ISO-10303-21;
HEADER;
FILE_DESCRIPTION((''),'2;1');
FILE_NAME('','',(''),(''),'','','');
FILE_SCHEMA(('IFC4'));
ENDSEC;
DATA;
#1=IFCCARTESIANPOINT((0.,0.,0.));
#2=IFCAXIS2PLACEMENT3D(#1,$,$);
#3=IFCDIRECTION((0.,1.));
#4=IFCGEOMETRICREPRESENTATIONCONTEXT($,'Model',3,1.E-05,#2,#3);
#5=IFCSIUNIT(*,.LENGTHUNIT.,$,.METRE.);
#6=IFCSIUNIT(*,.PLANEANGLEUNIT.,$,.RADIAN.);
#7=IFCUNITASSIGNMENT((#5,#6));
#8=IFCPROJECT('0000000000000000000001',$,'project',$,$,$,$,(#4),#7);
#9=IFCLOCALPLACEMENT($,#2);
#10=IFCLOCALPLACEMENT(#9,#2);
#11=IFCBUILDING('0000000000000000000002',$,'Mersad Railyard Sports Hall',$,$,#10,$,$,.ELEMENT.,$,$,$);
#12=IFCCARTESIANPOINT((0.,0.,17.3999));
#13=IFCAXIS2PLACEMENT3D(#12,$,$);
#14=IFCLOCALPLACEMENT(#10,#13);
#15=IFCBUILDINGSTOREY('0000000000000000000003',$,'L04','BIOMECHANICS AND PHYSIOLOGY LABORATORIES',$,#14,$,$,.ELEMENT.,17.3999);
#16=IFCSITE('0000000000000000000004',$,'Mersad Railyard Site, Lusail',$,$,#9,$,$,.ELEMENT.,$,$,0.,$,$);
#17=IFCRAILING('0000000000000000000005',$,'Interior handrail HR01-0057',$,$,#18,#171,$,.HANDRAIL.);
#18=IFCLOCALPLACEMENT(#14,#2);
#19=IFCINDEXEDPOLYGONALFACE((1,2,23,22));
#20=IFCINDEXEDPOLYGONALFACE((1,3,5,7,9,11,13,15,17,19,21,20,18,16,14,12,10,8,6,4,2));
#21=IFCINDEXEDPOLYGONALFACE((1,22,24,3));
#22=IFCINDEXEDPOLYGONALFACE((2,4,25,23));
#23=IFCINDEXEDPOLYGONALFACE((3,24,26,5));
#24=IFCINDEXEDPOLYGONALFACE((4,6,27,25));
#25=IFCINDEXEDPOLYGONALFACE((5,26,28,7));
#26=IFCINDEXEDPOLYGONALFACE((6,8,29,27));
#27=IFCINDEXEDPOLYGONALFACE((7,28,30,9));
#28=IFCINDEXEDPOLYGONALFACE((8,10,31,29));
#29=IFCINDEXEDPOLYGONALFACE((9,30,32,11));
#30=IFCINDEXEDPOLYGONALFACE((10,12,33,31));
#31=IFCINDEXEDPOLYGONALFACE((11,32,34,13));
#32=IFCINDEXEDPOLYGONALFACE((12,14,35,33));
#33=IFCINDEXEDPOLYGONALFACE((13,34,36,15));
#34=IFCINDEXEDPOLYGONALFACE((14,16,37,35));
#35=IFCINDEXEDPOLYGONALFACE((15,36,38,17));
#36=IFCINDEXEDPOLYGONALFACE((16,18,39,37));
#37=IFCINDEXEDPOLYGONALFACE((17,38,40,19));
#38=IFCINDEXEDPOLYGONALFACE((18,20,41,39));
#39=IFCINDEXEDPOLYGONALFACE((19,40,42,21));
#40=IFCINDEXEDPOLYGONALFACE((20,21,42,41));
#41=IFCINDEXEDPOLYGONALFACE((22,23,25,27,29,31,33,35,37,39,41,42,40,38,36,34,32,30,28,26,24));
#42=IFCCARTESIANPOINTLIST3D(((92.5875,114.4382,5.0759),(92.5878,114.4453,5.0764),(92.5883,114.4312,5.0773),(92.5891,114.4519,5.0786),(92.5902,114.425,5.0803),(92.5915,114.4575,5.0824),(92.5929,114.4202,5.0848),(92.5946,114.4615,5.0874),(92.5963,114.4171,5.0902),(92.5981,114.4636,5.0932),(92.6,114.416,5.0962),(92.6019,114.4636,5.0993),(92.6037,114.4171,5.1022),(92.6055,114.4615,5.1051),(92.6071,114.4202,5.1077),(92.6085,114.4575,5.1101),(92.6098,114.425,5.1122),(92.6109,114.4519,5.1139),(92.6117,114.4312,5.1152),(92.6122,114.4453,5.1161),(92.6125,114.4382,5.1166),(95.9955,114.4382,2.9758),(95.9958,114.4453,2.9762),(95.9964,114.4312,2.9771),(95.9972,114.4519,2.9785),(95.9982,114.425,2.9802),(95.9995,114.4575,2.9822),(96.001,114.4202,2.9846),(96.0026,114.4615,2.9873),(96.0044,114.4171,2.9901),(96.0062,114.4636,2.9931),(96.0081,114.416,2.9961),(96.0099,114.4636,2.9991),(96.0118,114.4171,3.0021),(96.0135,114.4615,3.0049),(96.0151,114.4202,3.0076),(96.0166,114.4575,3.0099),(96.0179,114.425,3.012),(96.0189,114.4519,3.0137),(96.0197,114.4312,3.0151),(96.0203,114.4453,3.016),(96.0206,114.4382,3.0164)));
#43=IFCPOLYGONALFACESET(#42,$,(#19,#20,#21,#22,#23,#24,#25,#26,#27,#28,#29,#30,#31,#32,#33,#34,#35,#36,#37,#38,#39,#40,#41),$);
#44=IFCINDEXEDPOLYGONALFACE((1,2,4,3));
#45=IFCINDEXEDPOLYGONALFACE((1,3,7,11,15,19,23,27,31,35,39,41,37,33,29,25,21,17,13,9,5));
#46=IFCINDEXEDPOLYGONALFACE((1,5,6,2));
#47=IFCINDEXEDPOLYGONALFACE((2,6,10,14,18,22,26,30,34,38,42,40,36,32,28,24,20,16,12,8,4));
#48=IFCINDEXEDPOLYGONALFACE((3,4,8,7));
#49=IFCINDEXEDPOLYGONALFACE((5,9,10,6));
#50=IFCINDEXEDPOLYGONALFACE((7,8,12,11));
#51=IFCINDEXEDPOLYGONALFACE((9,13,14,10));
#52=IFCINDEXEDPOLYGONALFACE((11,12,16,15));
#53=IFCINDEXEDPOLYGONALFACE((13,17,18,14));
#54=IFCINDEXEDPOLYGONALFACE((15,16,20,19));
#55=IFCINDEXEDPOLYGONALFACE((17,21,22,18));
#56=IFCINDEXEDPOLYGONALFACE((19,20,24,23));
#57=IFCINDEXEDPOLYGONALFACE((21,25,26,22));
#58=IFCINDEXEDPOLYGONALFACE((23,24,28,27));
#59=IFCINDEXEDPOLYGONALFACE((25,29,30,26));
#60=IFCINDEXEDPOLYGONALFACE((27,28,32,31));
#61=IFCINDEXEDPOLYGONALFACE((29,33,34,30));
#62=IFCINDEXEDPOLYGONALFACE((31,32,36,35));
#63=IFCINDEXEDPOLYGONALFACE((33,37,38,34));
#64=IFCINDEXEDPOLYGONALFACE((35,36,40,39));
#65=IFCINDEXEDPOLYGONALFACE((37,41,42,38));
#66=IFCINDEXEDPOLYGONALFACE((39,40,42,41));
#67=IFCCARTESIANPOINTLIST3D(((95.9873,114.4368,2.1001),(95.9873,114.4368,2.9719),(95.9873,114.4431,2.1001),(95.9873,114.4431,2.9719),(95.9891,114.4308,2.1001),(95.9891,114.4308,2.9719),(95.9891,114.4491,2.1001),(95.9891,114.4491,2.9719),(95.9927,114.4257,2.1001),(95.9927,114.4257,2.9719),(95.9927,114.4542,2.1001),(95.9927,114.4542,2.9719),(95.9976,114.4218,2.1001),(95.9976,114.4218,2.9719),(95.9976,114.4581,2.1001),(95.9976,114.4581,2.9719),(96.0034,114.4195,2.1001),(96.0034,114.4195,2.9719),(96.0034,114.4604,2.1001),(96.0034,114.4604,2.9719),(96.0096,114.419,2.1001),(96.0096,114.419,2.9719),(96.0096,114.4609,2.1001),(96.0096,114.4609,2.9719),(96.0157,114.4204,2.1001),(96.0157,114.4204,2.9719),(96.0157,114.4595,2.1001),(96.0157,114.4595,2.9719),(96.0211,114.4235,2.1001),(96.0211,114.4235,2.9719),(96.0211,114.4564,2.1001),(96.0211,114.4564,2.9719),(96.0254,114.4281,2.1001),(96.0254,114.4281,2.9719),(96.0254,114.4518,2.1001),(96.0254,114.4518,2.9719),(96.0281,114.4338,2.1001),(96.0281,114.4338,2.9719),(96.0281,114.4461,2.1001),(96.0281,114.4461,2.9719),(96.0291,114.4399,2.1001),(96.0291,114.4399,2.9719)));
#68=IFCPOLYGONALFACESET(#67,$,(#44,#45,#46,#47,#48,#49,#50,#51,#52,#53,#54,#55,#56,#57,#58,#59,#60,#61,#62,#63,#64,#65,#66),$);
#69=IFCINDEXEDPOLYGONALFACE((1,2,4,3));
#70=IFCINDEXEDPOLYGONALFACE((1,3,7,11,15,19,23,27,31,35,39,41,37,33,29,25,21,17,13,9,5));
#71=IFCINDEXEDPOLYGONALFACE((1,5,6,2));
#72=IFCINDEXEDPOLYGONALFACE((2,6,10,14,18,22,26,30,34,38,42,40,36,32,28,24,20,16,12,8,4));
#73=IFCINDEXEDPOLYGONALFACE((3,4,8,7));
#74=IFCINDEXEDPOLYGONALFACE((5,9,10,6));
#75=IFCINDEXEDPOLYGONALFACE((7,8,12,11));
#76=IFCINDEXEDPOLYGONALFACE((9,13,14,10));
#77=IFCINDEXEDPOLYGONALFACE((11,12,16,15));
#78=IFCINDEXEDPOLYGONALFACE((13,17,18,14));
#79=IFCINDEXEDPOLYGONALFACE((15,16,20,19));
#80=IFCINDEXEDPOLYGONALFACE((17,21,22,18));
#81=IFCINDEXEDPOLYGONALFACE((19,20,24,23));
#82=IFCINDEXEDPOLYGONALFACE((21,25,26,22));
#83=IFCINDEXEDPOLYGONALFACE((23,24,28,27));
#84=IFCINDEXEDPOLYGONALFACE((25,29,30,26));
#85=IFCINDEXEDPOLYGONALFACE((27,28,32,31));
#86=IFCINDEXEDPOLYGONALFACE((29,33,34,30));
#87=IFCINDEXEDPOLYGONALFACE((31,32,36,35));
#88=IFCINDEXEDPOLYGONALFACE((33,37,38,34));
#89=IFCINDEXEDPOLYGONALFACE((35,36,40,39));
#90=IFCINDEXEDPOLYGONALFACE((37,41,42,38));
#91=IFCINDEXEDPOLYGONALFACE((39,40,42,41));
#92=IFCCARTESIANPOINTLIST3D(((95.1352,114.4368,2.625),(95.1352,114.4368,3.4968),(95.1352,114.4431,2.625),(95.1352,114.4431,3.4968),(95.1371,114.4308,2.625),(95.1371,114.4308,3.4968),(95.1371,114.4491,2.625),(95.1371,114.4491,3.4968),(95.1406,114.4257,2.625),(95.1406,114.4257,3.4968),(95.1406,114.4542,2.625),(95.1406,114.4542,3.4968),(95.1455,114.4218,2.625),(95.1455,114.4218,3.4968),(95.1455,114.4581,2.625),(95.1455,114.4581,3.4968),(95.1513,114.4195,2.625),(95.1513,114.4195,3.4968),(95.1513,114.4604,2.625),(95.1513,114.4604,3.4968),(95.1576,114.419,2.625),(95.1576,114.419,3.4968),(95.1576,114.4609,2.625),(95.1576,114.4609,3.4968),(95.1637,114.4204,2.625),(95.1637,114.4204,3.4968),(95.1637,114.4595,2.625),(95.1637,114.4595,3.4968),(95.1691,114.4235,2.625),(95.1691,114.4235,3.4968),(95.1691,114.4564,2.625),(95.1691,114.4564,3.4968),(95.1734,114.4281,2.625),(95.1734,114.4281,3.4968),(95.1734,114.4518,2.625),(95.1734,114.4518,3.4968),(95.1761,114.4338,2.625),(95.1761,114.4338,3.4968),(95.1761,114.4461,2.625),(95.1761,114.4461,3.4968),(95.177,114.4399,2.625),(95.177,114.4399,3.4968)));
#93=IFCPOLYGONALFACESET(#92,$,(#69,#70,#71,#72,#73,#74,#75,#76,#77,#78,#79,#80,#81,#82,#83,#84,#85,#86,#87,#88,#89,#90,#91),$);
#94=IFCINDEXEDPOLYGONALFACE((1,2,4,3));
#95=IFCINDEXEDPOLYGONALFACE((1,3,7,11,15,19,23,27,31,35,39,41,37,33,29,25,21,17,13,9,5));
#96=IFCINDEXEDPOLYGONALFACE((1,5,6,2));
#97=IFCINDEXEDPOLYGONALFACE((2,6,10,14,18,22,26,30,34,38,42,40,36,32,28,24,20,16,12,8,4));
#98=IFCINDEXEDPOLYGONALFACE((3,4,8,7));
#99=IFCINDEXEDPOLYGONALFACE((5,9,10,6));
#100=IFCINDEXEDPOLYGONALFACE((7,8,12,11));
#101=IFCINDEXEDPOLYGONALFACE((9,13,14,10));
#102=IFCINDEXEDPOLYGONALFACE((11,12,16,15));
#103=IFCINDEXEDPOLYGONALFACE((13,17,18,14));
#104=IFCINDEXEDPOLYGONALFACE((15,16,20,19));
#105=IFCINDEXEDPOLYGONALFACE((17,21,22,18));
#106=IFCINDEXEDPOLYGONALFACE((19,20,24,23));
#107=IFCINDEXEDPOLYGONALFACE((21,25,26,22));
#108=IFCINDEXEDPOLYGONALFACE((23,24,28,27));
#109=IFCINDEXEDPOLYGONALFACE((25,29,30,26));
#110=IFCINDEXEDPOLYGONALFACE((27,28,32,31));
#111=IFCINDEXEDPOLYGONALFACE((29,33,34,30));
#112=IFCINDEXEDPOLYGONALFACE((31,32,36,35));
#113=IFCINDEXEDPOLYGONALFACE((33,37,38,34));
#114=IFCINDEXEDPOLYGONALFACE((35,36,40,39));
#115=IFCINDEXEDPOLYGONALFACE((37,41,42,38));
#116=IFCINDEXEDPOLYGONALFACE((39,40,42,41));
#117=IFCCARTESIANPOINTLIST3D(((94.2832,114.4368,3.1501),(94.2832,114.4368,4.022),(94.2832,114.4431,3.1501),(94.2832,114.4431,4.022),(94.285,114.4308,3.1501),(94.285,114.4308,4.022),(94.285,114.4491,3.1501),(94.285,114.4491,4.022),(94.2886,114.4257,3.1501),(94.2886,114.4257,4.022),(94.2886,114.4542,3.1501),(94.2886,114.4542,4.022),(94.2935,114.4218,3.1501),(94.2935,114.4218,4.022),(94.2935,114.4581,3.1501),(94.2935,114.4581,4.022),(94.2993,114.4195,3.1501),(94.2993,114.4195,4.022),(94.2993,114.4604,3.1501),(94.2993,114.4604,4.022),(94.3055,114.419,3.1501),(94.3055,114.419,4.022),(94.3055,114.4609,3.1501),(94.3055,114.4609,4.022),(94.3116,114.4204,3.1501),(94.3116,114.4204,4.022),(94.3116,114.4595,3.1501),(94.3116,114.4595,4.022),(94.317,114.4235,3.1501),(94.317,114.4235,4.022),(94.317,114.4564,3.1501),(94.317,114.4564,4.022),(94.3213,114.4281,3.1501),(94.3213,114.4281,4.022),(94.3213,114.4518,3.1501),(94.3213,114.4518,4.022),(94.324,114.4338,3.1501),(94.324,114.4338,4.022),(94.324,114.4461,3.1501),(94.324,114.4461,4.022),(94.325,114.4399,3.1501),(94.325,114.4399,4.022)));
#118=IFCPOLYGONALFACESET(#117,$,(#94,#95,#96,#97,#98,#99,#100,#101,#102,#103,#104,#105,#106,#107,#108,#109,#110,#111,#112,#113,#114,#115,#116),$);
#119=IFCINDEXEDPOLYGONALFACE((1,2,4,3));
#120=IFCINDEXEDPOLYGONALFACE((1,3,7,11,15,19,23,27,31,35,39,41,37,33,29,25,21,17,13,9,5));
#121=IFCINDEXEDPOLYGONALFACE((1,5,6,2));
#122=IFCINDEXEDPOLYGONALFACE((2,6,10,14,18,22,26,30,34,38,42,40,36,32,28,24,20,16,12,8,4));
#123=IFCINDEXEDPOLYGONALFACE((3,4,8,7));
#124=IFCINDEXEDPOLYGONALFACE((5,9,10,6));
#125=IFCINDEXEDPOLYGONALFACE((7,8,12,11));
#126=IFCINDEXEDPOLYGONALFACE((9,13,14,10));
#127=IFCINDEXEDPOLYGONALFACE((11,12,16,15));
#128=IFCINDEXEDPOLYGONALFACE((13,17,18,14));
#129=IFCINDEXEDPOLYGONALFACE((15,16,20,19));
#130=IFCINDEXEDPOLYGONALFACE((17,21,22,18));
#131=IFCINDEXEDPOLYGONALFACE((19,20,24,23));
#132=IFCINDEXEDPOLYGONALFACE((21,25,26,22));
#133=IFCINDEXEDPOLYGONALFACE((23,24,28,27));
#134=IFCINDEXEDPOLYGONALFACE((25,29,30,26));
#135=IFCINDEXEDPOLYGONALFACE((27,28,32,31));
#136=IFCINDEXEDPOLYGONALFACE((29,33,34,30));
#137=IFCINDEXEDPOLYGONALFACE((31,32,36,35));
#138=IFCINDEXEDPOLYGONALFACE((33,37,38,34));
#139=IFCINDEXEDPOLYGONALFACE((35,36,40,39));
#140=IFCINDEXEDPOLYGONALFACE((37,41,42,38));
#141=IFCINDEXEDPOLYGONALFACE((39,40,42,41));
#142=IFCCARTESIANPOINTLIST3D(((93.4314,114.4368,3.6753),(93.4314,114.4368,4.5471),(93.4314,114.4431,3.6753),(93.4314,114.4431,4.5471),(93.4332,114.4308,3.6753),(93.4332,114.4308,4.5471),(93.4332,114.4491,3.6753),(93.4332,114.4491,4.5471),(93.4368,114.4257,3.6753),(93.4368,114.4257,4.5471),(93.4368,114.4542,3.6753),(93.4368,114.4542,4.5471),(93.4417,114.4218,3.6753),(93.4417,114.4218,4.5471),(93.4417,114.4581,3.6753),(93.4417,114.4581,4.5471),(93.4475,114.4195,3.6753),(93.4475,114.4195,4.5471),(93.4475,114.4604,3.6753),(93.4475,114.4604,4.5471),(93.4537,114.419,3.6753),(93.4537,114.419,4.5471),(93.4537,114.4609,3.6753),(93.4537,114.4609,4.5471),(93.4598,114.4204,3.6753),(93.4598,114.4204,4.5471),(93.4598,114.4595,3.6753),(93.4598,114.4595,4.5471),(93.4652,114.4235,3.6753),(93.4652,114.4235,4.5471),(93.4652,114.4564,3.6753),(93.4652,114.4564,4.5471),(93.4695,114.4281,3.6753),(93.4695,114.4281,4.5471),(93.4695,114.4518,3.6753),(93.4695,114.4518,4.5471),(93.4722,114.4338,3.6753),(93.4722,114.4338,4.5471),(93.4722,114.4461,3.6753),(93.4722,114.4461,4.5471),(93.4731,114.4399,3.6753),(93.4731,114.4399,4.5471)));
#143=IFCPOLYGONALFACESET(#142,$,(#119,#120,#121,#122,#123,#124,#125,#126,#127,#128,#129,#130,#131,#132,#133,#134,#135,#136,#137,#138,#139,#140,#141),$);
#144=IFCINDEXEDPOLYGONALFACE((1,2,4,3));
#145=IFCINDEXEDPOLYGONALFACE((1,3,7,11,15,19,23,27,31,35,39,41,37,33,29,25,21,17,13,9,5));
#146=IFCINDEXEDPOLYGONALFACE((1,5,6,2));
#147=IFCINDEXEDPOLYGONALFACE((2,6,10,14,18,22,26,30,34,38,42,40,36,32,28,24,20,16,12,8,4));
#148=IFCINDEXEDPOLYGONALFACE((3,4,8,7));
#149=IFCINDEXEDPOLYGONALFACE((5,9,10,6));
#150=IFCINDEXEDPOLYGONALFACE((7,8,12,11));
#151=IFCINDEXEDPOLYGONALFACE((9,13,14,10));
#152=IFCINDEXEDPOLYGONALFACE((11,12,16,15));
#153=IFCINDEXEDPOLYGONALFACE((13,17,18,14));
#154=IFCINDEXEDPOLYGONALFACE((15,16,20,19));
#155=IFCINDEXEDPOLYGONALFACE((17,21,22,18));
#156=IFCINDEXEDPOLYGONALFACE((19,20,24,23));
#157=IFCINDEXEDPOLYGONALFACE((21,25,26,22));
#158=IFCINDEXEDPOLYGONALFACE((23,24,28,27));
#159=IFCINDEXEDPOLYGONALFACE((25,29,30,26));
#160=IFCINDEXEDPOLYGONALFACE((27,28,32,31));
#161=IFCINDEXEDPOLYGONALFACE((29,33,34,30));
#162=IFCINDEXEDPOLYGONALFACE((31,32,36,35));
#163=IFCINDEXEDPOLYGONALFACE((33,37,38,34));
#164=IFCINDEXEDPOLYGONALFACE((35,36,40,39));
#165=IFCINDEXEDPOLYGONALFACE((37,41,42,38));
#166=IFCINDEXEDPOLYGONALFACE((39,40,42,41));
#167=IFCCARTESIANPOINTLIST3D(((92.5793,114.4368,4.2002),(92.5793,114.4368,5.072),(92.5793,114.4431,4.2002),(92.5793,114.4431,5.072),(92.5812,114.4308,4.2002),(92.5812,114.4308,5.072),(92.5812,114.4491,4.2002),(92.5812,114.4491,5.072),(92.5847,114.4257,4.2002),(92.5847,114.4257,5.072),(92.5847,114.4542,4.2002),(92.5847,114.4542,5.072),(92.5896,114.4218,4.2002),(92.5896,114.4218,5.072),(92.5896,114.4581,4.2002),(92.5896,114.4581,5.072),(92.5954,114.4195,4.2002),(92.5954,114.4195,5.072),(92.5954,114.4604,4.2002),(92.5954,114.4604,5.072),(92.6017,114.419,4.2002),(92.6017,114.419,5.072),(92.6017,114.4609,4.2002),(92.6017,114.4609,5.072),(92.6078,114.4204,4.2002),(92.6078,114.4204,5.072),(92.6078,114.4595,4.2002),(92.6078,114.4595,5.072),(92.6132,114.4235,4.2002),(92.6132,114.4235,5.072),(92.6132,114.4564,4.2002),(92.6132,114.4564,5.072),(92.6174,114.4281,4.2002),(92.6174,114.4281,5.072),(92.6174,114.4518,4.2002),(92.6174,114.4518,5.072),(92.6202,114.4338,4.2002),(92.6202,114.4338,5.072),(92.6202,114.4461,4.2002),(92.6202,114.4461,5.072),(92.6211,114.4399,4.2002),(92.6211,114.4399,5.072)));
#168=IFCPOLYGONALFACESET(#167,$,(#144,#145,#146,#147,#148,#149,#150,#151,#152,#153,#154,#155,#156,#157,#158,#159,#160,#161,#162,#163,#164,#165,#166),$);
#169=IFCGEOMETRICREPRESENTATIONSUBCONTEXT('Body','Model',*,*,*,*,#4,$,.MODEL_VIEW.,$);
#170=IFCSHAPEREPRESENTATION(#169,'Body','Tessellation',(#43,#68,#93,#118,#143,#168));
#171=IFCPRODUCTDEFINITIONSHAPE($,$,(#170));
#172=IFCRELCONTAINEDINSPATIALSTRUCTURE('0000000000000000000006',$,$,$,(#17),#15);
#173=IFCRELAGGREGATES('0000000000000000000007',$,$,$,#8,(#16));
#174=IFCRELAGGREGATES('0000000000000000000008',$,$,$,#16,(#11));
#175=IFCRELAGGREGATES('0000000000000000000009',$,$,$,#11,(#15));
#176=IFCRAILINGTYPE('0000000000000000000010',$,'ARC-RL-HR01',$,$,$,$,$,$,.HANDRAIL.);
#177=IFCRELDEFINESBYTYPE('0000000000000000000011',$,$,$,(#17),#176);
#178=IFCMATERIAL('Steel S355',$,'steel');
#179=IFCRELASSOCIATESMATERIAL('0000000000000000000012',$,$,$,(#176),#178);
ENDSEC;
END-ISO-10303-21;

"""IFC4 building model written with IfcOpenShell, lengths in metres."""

from ifc_helpers import new_model, si_unit, direction, frame, origin, origin_2d, place, context, subcontext, project, spatial, circle, extrude, material, type_object, element, save


model = new_model("IFC4")

# Units and contexts
model_context = context("Model", 3, precision=1e-05, world=origin(), true_north=direction((0.0, 1.0)))
body_context = subcontext(model_context, "Body", "Model", "MODEL_VIEW")
ifc_project = project(units=[si_unit("LENGTHUNIT", "METRE"), si_unit("PLANEANGLEUNIT", "RADIAN")], contexts=[model_context])

# Site, building, storey
site_placement = place(None, origin())
site = spatial("IfcSite", under=ifc_project, at=site_placement, Name="Mersad Railyard Site, Lusail", CompositionType="ELEMENT", RefElevation=0.0)
building_placement = place(site_placement, origin())
building = spatial("IfcBuilding", under=site, at=building_placement, Name="Mersad Railyard Sports Hall", CompositionType="ELEMENT")
storey_placement = place(building_placement, frame((0.0, 0.0, 17.3999)))
storey = spatial("IfcBuildingStorey", under=building, at=storey_placement, Name="L04", Description="BIOMECHANICS AND PHYSIOLOGY LABORATORIES", CompositionType="ELEMENT", Elevation=17.3999)

# Shared definitions
ifc_material_1 = material(Name="Steel S355", Category="steel")

# Railing
railing_type_1 = type_object("IfcRailingType", Name="ARC-RL-HR01", PredefinedType="HANDRAIL", material=ifc_material_1)
railing_1_placement = place(storey_placement, frame((96.0081, 114.4399, 2.1001)))
element("IfcRailing", 1, at=railing_1_placement, inside=storey, type_object=railing_type_1, Name="Interior handrail HR01-0057", PredefinedType="HANDRAIL", context=body_context, shape_type="SweptSolid", body=[
    extrude(circle(Radius=0.0239, at=origin_2d()), frame((0.0, 0.0, 0.896), z_axis=(-0.851336, 0.0, 0.524621), x_axis=(0.0, -1.0, 0.0)), (0.0, 0.0, 1.0), 4.0032),
    extrude(circle(Radius=0.021, at=origin_2d()), origin(), (0.0, 0.0, 1.0), 0.8718),
    extrude(circle(Radius=0.021, at=origin_2d()), frame((-0.8521, 0.0, 0.5249)), (0.0, 0.0, 1.0), 0.8718),
    extrude(circle(Radius=0.021, at=origin_2d()), frame((-1.7041, 0.0, 1.05)), (0.0, 0.0, 1.0), 0.8718),
    extrude(circle(Radius=0.021, at=origin_2d()), frame((-2.5559, 0.0, 1.5752)), (0.0, 0.0, 1.0), 0.8718),
    extrude(circle(Radius=0.021, at=origin_2d()), frame((-3.408, 0.0, 2.1001)), (0.0, 0.0, 1.0), 0.8718),
])

save(model, "model.ifc")
